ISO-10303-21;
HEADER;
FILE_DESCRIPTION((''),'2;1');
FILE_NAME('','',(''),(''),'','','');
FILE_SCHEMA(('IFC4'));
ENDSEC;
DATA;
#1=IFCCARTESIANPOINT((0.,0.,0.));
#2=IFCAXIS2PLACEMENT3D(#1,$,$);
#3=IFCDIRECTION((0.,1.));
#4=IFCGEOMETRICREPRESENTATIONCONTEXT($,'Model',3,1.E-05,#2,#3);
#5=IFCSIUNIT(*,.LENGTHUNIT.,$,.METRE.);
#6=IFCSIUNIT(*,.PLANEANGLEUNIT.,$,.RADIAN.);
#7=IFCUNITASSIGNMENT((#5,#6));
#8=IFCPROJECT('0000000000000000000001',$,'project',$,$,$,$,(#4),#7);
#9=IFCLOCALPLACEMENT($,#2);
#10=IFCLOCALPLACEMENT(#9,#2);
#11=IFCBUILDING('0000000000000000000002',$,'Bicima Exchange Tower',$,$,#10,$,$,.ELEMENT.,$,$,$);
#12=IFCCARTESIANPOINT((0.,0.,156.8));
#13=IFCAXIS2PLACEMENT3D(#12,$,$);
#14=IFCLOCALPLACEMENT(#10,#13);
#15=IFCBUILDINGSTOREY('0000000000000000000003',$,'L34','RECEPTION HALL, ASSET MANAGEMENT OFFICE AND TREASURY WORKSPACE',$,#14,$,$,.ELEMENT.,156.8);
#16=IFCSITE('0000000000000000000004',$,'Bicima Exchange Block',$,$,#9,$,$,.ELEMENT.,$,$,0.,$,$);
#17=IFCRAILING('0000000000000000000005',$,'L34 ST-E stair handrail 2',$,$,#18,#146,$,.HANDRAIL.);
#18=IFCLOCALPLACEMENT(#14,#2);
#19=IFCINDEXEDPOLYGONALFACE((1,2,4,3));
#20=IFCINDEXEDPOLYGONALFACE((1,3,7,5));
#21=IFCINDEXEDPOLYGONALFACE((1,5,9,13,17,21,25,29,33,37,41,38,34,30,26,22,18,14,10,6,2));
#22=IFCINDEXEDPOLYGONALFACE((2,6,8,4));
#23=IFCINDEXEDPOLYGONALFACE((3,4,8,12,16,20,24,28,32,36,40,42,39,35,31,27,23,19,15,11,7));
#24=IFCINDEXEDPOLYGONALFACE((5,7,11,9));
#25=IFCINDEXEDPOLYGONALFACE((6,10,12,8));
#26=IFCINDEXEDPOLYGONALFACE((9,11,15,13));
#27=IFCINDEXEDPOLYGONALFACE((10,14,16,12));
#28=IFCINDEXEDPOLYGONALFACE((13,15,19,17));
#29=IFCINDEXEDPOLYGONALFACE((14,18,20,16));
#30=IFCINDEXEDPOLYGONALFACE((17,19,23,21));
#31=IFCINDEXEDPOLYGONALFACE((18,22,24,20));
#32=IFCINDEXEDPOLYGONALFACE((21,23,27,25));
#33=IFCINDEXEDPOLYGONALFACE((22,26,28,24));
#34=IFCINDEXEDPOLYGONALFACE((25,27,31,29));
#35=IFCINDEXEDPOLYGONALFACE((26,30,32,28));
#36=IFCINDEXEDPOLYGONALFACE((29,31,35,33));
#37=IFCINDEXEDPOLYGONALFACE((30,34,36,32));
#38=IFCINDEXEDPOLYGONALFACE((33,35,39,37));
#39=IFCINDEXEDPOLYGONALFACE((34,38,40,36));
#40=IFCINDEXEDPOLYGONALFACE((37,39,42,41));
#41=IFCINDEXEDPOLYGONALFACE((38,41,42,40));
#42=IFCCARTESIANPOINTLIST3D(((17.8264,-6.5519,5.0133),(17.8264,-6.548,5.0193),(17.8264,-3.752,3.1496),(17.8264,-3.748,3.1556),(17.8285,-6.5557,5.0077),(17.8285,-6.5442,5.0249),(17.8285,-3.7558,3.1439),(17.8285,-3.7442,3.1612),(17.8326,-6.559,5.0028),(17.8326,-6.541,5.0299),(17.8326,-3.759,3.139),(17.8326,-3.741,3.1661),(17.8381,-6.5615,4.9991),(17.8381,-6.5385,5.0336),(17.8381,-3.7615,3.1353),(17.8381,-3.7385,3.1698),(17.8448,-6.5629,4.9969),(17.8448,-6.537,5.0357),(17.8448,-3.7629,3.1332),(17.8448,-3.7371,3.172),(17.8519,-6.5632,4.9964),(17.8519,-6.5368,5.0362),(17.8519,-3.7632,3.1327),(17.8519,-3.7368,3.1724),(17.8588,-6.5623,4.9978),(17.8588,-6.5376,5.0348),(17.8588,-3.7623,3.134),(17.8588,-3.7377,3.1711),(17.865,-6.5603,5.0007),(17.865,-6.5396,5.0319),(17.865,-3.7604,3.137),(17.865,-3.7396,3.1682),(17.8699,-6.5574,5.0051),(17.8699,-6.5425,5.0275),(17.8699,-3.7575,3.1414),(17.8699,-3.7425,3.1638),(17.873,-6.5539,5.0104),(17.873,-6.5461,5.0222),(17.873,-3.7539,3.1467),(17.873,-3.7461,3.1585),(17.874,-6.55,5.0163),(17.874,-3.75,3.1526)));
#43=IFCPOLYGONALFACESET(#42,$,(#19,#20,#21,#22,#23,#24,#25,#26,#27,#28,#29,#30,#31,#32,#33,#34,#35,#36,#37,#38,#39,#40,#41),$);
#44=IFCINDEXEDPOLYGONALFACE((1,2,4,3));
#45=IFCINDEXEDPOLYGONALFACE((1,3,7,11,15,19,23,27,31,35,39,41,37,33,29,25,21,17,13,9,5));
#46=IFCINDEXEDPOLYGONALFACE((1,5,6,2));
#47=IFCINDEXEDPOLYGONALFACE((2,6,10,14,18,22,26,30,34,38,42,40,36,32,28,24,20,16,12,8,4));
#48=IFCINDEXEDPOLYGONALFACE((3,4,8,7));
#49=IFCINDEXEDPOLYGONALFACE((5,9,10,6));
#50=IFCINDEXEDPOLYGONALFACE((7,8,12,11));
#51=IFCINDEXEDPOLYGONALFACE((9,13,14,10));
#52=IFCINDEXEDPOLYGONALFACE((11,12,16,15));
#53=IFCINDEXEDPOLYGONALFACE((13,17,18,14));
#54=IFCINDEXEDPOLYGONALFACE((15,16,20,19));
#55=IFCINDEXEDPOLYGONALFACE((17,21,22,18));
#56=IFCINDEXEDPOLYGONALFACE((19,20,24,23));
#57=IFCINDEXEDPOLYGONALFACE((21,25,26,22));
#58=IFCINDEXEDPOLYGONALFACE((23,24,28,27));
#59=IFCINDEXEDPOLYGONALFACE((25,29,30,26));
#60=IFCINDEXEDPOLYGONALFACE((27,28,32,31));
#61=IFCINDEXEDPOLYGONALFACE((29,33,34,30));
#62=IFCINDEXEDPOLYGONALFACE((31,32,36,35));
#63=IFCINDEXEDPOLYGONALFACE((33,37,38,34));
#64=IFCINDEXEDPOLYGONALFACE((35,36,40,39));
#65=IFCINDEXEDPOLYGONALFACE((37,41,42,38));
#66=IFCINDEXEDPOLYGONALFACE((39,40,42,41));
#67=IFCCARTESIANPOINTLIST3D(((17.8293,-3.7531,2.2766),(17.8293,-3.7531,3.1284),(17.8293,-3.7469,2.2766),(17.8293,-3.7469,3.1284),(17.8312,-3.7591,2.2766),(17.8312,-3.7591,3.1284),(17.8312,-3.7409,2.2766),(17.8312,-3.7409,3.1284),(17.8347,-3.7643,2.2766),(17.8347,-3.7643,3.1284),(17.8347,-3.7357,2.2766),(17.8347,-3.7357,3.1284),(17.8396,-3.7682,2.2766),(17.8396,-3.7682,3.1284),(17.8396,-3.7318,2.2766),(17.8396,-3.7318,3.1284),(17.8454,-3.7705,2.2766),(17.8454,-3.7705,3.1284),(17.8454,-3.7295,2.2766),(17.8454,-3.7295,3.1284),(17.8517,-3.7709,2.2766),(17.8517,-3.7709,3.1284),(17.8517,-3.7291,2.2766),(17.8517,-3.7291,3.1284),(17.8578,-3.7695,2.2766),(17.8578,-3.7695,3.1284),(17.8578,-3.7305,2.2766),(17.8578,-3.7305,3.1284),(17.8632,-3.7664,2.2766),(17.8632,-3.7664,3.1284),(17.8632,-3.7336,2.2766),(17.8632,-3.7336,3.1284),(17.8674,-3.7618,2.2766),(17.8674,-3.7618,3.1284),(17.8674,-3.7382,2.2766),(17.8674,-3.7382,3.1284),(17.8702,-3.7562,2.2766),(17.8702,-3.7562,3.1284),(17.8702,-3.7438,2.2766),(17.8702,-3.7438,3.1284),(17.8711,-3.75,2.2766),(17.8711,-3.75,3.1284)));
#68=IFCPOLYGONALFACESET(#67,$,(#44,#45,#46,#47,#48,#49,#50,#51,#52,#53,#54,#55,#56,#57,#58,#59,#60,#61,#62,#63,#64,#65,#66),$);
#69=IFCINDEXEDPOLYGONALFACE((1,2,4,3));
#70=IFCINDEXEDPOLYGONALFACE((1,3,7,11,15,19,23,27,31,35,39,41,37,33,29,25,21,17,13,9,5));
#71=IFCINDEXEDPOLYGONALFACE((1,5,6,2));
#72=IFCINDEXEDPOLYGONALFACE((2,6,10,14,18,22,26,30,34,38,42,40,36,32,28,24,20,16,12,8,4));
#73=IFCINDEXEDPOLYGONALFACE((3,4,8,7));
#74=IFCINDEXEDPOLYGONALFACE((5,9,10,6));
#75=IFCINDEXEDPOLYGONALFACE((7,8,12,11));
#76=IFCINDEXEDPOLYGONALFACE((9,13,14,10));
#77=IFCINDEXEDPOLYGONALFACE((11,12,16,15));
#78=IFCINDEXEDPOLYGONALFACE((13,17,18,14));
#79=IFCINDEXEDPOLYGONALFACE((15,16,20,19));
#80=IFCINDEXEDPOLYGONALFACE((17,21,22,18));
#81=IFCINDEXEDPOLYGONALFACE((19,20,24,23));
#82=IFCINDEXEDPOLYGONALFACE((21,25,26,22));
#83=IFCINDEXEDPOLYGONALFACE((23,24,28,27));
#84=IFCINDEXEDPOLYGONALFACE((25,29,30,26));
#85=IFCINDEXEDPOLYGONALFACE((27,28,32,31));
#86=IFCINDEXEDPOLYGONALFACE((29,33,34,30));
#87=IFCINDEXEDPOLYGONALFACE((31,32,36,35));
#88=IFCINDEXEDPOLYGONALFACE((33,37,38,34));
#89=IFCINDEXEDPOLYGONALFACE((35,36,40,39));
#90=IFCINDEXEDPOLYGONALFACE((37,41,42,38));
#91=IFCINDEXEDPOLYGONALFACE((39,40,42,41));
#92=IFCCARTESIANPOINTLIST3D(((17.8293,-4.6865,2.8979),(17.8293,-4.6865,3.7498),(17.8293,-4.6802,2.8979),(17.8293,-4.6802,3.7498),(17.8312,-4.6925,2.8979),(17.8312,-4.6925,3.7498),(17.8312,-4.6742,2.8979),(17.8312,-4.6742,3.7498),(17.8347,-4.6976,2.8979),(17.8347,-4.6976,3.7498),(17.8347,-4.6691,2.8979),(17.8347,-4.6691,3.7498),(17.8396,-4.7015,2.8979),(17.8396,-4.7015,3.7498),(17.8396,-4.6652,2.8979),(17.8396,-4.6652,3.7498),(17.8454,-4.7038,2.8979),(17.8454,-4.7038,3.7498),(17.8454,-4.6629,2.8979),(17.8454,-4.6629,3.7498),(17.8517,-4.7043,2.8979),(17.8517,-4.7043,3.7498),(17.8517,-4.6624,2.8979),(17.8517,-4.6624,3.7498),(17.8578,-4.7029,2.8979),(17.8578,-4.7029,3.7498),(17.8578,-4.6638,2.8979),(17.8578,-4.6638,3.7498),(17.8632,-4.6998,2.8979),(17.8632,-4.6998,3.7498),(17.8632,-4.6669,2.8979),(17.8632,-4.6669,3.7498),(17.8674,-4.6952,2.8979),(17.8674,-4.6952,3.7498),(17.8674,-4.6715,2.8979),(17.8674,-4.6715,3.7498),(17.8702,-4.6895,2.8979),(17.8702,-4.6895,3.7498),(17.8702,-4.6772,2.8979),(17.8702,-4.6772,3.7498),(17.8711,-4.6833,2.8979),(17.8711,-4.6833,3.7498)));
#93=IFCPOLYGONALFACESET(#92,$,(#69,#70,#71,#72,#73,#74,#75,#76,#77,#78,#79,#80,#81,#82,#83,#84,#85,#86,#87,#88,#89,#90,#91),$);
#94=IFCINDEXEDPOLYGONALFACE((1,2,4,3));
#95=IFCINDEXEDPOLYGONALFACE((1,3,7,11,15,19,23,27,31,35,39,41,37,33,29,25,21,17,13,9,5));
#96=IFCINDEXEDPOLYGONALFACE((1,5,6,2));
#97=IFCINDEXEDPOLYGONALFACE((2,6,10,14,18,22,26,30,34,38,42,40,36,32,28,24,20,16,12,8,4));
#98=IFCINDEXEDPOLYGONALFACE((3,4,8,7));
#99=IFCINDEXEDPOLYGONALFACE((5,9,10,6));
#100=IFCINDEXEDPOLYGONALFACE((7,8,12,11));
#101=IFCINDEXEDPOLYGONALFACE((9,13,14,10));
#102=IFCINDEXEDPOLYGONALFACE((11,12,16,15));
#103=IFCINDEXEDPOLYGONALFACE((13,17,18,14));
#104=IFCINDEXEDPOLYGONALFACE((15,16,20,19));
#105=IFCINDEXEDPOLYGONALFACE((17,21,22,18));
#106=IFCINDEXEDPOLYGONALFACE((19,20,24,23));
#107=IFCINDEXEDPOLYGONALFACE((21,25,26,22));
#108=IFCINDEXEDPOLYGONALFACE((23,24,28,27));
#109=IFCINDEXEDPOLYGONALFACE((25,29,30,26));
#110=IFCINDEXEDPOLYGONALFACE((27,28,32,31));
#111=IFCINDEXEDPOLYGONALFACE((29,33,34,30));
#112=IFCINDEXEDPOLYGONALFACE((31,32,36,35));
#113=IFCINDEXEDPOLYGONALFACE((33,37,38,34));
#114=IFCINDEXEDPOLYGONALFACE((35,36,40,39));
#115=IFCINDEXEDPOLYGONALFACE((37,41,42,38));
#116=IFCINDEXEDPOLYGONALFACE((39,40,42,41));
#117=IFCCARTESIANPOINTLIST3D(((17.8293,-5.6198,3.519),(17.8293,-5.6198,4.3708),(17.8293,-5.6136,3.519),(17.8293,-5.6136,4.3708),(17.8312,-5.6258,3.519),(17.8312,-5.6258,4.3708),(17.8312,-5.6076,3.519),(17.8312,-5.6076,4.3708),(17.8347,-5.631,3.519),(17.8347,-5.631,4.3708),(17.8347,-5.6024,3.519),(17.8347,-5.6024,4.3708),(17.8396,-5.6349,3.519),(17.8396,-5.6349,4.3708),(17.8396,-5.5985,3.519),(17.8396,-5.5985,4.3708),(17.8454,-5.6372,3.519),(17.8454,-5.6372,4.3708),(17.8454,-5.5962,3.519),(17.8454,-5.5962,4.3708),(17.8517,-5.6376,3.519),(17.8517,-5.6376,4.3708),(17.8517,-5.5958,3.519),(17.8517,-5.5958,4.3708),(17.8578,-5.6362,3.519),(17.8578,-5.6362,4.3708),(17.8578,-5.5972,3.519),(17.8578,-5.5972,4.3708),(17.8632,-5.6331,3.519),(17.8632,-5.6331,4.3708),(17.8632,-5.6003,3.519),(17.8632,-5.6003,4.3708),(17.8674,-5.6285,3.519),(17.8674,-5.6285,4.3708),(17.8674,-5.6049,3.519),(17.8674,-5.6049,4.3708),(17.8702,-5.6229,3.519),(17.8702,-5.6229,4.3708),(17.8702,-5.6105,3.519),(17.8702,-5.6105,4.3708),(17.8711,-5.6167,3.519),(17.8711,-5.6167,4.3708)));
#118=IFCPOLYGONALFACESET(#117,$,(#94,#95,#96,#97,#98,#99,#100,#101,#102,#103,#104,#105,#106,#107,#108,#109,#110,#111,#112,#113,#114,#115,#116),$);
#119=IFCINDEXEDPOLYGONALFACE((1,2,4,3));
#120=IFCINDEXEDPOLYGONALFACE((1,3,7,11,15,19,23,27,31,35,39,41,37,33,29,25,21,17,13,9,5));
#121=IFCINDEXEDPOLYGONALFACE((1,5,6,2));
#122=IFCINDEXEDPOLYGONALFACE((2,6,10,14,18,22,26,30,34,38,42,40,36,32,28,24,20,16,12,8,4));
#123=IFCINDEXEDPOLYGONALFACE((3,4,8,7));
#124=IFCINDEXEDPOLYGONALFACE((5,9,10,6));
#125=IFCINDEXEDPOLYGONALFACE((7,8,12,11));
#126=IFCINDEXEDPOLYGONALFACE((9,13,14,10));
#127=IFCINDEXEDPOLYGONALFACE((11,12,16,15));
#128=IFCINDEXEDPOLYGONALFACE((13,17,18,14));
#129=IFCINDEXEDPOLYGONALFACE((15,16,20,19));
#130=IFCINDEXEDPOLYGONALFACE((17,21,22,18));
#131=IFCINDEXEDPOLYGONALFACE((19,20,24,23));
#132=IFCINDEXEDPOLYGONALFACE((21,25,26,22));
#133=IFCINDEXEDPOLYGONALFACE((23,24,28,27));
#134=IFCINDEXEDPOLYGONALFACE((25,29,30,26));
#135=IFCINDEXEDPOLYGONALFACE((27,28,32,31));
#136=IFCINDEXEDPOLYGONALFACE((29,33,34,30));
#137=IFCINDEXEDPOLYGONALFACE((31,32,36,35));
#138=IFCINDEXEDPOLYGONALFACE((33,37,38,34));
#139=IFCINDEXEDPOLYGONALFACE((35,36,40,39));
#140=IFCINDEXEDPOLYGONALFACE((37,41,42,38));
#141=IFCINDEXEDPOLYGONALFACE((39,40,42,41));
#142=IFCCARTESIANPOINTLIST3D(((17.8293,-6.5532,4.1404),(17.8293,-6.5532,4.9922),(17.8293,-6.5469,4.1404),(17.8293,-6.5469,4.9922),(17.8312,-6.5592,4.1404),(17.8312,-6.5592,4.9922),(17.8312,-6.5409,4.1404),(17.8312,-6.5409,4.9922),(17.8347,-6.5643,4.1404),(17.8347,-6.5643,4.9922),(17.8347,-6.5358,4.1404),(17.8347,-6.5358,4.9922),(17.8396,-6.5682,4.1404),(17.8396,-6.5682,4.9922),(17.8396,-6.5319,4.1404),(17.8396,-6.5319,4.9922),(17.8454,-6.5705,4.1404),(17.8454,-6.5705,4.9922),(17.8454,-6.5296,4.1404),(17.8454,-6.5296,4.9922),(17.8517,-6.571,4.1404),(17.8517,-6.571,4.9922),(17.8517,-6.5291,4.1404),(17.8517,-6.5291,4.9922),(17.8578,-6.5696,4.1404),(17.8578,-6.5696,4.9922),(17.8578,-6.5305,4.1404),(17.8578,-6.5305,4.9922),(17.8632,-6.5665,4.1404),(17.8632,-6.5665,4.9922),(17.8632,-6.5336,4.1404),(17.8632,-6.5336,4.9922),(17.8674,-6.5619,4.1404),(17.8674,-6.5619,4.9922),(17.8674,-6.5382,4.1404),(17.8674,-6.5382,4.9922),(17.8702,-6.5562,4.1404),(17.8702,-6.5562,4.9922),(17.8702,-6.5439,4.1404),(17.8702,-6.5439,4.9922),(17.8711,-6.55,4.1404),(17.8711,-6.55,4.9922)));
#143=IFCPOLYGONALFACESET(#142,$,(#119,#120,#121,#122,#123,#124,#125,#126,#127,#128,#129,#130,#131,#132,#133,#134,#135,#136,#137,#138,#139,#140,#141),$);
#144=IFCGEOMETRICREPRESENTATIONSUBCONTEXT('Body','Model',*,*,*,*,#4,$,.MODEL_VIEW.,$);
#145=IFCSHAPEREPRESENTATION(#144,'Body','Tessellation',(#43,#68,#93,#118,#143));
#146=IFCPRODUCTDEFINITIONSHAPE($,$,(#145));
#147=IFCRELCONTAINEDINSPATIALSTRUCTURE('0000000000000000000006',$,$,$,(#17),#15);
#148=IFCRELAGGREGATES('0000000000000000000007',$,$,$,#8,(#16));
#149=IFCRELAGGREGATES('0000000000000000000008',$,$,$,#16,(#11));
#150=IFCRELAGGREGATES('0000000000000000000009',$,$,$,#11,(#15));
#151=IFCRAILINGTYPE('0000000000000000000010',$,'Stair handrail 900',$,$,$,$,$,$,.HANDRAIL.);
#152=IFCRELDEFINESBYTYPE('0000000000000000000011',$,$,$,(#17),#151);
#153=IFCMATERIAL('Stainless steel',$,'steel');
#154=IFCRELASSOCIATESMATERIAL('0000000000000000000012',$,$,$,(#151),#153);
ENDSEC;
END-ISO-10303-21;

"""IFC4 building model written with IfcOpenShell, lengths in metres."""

from ifc_helpers import new_model, si_unit, direction, frame, origin, origin_2d, place, context, subcontext, project, spatial, circle, extrude, material, type_object, element, save


model = new_model("IFC4")

# Units and contexts
model_context = context("Model", 3, precision=1e-05, world=origin(), true_north=direction((0.0, 1.0)))
body_context = subcontext(model_context, "Body", "Model", "MODEL_VIEW")
ifc_project = project(units=[si_unit("LENGTHUNIT", "METRE"), si_unit("PLANEANGLEUNIT", "RADIAN")], contexts=[model_context])

# Site, building, storey
site_placement = place(None, origin())
site = spatial("IfcSite", under=ifc_project, at=site_placement, Name="Bicima Exchange Block", CompositionType="ELEMENT", RefElevation=0.0)
building_placement = place(site_placement, origin())
building = spatial("IfcBuilding", under=site, at=building_placement, Name="Bicima Exchange Tower", CompositionType="ELEMENT")
storey_placement = place(building_placement, frame((0.0, 0.0, 156.8)))
storey = spatial("IfcBuildingStorey", under=building, at=storey_placement, Name="L34", Description="RECEPTION HALL, ASSET MANAGEMENT OFFICE AND TREASURY WORKSPACE", CompositionType="ELEMENT", Elevation=156.8)

# Railing
ifc_material_1 = material(Name="Stainless steel", Category="steel")
railing_type_1 = type_object("IfcRailingType", Name="Stair handrail 900", PredefinedType="HANDRAIL", material=ifc_material_1)
for number, where, name in (
    (1, (17.8501, -3.75, 2.2766), "L34 ST-E stair handrail 2"),
):
    element("IfcRailing", number, at=place(storey_placement, frame(where)), inside=storey, type_object=railing_type_1, Name=name, PredefinedType="HANDRAIL", context=body_context, shape_type="SweptSolid", body=[
        extrude(circle(Radius=0.0239, at=origin_2d()), frame((0.0, 0.0, 0.876), z_axis=(0.0, -0.832452, 0.554097), x_axis=(1.0, 0.0, 0.0)), (0.0, 0.0, 1.0), 3.3635),
        extrude(circle(Radius=0.021, at=origin_2d()), origin(), (0.0, 0.0, 1.0), 0.8518),
        extrude(circle(Radius=0.021, at=origin_2d()), frame((0.0, -0.9333, 0.6213)), (0.0, 0.0, 1.0), 0.8518),
        extrude(circle(Radius=0.021, at=origin_2d()), frame((0.0, -1.8667, 1.2424)), (0.0, 0.0, 1.0), 0.8518),
        extrude(circle(Radius=0.021, at=origin_2d()), frame((0.0, -2.8, 1.8638)), (0.0, 0.0, 1.0), 0.8518),
    ])

save(model, "model.ifc")
